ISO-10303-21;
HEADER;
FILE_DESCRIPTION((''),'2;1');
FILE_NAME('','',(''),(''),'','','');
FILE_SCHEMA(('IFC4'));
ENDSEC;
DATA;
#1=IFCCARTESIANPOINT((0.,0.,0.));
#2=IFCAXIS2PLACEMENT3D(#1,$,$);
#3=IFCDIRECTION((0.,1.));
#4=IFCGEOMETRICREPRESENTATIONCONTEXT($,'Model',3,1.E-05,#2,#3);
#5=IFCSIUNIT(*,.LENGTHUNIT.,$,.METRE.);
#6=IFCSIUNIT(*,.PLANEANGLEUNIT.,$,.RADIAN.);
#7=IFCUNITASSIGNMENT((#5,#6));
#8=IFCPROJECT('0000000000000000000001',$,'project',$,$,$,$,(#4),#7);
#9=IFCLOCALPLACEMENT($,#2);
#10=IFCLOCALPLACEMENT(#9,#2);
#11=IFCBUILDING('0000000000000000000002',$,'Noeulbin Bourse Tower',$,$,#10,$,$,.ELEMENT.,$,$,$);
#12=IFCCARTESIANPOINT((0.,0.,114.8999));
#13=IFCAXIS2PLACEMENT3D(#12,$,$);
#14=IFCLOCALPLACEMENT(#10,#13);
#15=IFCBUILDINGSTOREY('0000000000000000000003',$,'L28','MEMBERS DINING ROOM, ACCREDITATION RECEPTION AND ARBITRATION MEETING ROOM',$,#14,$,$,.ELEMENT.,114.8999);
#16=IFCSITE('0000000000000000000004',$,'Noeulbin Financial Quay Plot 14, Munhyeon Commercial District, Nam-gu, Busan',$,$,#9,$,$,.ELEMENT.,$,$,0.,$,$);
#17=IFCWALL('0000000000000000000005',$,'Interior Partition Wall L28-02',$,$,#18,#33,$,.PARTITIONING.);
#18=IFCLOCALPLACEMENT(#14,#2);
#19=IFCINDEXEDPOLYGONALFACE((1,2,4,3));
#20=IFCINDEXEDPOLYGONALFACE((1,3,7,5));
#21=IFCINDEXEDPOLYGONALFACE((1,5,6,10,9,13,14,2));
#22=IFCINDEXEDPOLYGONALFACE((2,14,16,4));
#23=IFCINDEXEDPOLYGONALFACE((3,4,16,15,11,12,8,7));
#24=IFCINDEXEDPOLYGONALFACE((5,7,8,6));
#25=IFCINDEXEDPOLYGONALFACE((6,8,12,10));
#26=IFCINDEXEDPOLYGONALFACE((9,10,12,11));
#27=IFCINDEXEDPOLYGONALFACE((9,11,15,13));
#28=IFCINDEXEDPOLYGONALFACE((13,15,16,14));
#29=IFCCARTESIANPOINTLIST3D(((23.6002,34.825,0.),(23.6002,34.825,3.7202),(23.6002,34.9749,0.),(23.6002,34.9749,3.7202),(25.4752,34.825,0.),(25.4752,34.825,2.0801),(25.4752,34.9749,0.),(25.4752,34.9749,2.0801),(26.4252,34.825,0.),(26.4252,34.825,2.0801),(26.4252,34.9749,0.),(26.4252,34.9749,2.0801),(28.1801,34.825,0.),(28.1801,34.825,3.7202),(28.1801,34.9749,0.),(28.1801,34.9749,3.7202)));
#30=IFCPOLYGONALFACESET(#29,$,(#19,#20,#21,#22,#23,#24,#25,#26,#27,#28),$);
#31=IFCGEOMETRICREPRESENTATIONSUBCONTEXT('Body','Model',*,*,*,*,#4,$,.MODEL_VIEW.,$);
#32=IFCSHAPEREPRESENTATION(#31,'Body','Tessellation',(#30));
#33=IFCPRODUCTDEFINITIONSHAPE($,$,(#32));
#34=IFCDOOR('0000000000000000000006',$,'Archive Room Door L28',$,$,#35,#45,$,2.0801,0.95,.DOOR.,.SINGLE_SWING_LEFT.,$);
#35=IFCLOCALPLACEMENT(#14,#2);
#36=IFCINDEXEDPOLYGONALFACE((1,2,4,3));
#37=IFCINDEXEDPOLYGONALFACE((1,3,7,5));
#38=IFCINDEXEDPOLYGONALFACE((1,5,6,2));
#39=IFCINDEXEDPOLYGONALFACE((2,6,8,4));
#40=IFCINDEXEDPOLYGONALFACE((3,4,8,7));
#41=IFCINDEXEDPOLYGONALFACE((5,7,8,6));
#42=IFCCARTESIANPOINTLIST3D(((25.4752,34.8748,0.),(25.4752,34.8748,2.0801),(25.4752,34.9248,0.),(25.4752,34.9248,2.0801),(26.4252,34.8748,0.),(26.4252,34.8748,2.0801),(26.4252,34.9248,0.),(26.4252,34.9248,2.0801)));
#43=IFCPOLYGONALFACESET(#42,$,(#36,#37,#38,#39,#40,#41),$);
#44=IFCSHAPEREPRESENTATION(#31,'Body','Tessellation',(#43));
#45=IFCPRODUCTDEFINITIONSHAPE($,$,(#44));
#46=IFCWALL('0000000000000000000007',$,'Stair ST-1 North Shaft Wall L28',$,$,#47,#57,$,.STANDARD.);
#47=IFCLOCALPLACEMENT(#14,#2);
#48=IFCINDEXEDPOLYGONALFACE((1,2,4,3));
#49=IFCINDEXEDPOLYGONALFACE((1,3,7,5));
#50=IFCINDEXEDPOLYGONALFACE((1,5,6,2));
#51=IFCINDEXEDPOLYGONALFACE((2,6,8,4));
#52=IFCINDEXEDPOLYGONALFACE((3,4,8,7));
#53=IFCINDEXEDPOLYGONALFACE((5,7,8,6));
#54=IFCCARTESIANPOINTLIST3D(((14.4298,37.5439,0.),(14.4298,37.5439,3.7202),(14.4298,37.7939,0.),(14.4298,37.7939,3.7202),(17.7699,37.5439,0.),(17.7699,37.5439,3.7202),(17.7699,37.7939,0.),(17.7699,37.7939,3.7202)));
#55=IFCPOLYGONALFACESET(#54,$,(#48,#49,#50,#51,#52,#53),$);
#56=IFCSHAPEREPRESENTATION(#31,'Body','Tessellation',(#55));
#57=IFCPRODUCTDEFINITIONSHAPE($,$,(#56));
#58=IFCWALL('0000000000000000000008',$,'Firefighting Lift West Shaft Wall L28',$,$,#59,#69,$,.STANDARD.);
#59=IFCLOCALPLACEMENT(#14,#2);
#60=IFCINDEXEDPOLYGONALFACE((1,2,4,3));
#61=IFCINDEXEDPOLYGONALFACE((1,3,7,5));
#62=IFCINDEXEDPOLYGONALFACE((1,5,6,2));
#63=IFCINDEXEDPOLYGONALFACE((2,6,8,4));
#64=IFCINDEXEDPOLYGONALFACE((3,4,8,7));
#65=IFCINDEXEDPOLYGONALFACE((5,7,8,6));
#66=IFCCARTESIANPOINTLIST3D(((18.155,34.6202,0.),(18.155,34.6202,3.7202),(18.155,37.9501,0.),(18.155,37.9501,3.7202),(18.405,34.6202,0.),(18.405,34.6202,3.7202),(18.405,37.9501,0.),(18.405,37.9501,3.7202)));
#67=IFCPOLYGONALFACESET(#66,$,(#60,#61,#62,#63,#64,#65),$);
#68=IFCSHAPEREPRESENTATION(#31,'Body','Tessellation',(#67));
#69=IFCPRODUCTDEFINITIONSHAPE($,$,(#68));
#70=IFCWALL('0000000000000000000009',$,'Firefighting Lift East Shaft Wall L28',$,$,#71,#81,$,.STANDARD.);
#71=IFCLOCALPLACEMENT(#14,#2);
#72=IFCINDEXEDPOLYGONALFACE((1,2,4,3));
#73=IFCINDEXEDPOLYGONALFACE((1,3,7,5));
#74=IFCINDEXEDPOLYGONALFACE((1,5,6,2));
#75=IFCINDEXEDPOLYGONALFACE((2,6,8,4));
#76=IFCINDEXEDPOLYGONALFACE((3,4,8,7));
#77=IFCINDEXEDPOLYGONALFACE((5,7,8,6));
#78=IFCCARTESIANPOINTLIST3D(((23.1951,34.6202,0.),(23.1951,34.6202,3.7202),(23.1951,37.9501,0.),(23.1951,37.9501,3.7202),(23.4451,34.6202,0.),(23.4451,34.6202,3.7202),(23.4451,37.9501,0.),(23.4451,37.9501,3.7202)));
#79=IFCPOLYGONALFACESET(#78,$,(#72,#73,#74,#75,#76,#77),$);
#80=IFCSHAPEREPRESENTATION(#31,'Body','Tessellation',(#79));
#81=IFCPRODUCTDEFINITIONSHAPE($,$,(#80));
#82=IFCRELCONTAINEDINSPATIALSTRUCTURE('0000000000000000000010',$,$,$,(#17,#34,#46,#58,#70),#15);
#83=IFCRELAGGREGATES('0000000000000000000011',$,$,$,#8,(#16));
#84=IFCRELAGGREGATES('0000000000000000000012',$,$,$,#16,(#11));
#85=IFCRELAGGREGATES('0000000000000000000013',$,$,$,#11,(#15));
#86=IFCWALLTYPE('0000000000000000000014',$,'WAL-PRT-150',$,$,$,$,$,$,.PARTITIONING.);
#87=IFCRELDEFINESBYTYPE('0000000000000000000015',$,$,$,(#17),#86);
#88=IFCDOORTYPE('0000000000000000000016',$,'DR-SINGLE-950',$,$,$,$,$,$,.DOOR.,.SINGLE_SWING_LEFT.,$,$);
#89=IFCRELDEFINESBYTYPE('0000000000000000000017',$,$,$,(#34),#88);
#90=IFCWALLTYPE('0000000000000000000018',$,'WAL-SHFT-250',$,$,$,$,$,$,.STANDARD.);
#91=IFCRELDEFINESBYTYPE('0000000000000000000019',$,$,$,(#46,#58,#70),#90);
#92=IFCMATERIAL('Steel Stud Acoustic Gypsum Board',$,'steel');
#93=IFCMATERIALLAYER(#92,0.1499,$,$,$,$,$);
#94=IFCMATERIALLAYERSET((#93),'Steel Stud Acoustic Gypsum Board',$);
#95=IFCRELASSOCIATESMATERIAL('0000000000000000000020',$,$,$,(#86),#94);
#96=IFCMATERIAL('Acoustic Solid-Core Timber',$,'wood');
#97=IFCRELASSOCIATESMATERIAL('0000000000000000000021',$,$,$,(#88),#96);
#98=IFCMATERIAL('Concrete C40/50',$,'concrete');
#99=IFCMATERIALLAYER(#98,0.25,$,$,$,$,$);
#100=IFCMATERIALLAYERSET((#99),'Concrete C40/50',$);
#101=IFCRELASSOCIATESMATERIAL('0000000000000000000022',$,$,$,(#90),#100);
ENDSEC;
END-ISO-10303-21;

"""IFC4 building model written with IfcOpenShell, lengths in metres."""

from ifc_helpers import new_model, si_unit, direction, frame, frame_2d, origin, place, context, subcontext, project, spatial, rectangle, extrude, material, layer, layer_set, type_object, element, fill, save


model = new_model("IFC4")

# Units and contexts
model_context = context("Model", 3, precision=1e-05, world=origin(), true_north=direction((0.0, 1.0)))
body_context = subcontext(model_context, "Body", "Model", "MODEL_VIEW")
ifc_project = project(units=[si_unit("LENGTHUNIT", "METRE"), si_unit("PLANEANGLEUNIT", "RADIAN")], contexts=[model_context])

# Site, building, storey
site_placement = place(None, origin())
site = spatial("IfcSite", under=ifc_project, at=site_placement, Name="Noeulbin Financial Quay Plot 14, Munhyeon Commercial District, Nam-gu, Busan", CompositionType="ELEMENT", RefElevation=0.0)
building_placement = place(site_placement, origin())
building = spatial("IfcBuilding", under=site, at=building_placement, Name="Noeulbin Bourse Tower", CompositionType="ELEMENT")
storey_placement = place(building_placement, frame((0.0, 0.0, 114.8999)))
storey = spatial("IfcBuildingStorey", under=building, at=storey_placement, Name="L28", Description="MEMBERS DINING ROOM, ACCREDITATION RECEPTION AND ARBITRATION MEETING ROOM", CompositionType="ELEMENT", Elevation=114.8999)

# Wall, opening, door
ifc_material_1 = material(Name="Steel Stud Acoustic Gypsum Board", Category="steel")
ifc_layer_1 = layer(ifc_material_1, 0.1499)
ifc_layer_set_1 = layer_set([ifc_layer_1], Name="Steel Stud Acoustic Gypsum Board")
wall_type_1 = type_object("IfcWallType", Name="WAL-PRT-150", PredefinedType="PARTITIONING", material=ifc_layer_set_1)
wall_1_placement = place(storey_placement, frame((23.6001, 34.8999, 0.0), z_axis=(0.0, 0.0, 1.0), x_axis=(1.0, 0.0, 0.0)))
wall_1 = element("IfcWall", 1, at=wall_1_placement, inside=storey, type_object=wall_type_1, Name="Interior Partition Wall L28-02", PredefinedType="PARTITIONING", context=body_context, shape_type="SweptSolid", body=[
    extrude(rectangle(XDim=4.5798, YDim=0.1499, at=frame_2d((2.29, 0.0))), origin(), (0.0, 0.0, 1.0), 3.7202),
])
opening_placement = place(wall_1_placement, frame((1.875, 0.0, 0.0)))
opening = element("IfcOpeningElement", 2, at=opening_placement, cuts=wall_1, PredefinedType="OPENING", context=body_context, shape_type="SweptSolid", body=[
    extrude(rectangle(XDim=0.95, YDim=2.0801, at=frame_2d((0.4751, 1.04))), frame((0.0, 0.085, 0.0), z_axis=(0.0, -1.0, 0.0), x_axis=(1.0, 0.0, 0.0)), (0.0, 0.0, 1.0), 0.1699),
])
ifc_material_2 = material(Name="Acoustic Solid-Core Timber", Category="wood")
door_type = type_object("IfcDoorType", Name="DR-SINGLE-950", OperationType="SINGLE_SWING_LEFT", PredefinedType="DOOR", material=ifc_material_2)
door_placement = place(opening_placement, origin())
door = element("IfcDoor", 3, at=door_placement, inside=storey, type_object=door_type, Name="Archive Room Door L28", OperationType="SINGLE_SWING_LEFT", OverallHeight=2.0801, OverallWidth=0.95, PredefinedType="DOOR", context=body_context, shape_type="SweptSolid", body=[
    extrude(rectangle(XDim=0.95, YDim=2.0801, at=frame_2d((0.4751, 1.04))), frame((0.0, 0.0249, 0.0), z_axis=(0.0, -1.0, 0.0), x_axis=(1.0, 0.0, 0.0)), (0.0, 0.0, 1.0), 0.05),
])
fill(opening, door)

# Walls
ifc_material_3 = material(Name="Concrete C40/50", Category="concrete")
ifc_layer_2 = layer(ifc_material_3, 0.25)
ifc_layer_set_2 = layer_set([ifc_layer_2], Name="Concrete C40/50")
wall_type_2 = type_object("IfcWallType", Name="WAL-SHFT-250", PredefinedType="STANDARD", material=ifc_layer_set_2)
wall_2_placement = place(storey_placement, frame((14.4299, 37.6689, 0.0), z_axis=(0.0, 0.0, 1.0), x_axis=(1.0, 0.0, 0.0)))
element("IfcWall", 4, at=wall_2_placement, inside=storey, type_object=wall_type_2, Name="Stair ST-1 North Shaft Wall L28", PredefinedType="STANDARD", context=body_context, shape_type="SweptSolid", body=[
    extrude(rectangle(XDim=3.3401, YDim=0.25, at=frame_2d((1.6699, 0.0))), origin(), (0.0, 0.0, 1.0), 3.7202),
])
for number, where, z_axis, x_axis, name in (
    (5, (18.28, 34.6201, 0.0), (0.0, 0.0, 1.0), (0.0, 1.0, 0.0), "Firefighting Lift West Shaft Wall L28"),
    (6, (23.3201, 34.6201, 0.0), (0.0, 0.0, 1.0), (0.0, 1.0, 0.0), "Firefighting Lift East Shaft Wall L28"),
):
    element("IfcWall", number, at=place(storey_placement, frame(where, z_axis=z_axis, x_axis=x_axis)), inside=storey, type_object=wall_type_2, Name=name, PredefinedType="STANDARD", context=body_context, shape_type="SweptSolid", body=[
        extrude(rectangle(XDim=3.3298, YDim=0.25, at=frame_2d((1.665, 0.0))), origin(), (0.0, 0.0, 1.0), 3.7202),
    ])

save(model, "model.ifc")
